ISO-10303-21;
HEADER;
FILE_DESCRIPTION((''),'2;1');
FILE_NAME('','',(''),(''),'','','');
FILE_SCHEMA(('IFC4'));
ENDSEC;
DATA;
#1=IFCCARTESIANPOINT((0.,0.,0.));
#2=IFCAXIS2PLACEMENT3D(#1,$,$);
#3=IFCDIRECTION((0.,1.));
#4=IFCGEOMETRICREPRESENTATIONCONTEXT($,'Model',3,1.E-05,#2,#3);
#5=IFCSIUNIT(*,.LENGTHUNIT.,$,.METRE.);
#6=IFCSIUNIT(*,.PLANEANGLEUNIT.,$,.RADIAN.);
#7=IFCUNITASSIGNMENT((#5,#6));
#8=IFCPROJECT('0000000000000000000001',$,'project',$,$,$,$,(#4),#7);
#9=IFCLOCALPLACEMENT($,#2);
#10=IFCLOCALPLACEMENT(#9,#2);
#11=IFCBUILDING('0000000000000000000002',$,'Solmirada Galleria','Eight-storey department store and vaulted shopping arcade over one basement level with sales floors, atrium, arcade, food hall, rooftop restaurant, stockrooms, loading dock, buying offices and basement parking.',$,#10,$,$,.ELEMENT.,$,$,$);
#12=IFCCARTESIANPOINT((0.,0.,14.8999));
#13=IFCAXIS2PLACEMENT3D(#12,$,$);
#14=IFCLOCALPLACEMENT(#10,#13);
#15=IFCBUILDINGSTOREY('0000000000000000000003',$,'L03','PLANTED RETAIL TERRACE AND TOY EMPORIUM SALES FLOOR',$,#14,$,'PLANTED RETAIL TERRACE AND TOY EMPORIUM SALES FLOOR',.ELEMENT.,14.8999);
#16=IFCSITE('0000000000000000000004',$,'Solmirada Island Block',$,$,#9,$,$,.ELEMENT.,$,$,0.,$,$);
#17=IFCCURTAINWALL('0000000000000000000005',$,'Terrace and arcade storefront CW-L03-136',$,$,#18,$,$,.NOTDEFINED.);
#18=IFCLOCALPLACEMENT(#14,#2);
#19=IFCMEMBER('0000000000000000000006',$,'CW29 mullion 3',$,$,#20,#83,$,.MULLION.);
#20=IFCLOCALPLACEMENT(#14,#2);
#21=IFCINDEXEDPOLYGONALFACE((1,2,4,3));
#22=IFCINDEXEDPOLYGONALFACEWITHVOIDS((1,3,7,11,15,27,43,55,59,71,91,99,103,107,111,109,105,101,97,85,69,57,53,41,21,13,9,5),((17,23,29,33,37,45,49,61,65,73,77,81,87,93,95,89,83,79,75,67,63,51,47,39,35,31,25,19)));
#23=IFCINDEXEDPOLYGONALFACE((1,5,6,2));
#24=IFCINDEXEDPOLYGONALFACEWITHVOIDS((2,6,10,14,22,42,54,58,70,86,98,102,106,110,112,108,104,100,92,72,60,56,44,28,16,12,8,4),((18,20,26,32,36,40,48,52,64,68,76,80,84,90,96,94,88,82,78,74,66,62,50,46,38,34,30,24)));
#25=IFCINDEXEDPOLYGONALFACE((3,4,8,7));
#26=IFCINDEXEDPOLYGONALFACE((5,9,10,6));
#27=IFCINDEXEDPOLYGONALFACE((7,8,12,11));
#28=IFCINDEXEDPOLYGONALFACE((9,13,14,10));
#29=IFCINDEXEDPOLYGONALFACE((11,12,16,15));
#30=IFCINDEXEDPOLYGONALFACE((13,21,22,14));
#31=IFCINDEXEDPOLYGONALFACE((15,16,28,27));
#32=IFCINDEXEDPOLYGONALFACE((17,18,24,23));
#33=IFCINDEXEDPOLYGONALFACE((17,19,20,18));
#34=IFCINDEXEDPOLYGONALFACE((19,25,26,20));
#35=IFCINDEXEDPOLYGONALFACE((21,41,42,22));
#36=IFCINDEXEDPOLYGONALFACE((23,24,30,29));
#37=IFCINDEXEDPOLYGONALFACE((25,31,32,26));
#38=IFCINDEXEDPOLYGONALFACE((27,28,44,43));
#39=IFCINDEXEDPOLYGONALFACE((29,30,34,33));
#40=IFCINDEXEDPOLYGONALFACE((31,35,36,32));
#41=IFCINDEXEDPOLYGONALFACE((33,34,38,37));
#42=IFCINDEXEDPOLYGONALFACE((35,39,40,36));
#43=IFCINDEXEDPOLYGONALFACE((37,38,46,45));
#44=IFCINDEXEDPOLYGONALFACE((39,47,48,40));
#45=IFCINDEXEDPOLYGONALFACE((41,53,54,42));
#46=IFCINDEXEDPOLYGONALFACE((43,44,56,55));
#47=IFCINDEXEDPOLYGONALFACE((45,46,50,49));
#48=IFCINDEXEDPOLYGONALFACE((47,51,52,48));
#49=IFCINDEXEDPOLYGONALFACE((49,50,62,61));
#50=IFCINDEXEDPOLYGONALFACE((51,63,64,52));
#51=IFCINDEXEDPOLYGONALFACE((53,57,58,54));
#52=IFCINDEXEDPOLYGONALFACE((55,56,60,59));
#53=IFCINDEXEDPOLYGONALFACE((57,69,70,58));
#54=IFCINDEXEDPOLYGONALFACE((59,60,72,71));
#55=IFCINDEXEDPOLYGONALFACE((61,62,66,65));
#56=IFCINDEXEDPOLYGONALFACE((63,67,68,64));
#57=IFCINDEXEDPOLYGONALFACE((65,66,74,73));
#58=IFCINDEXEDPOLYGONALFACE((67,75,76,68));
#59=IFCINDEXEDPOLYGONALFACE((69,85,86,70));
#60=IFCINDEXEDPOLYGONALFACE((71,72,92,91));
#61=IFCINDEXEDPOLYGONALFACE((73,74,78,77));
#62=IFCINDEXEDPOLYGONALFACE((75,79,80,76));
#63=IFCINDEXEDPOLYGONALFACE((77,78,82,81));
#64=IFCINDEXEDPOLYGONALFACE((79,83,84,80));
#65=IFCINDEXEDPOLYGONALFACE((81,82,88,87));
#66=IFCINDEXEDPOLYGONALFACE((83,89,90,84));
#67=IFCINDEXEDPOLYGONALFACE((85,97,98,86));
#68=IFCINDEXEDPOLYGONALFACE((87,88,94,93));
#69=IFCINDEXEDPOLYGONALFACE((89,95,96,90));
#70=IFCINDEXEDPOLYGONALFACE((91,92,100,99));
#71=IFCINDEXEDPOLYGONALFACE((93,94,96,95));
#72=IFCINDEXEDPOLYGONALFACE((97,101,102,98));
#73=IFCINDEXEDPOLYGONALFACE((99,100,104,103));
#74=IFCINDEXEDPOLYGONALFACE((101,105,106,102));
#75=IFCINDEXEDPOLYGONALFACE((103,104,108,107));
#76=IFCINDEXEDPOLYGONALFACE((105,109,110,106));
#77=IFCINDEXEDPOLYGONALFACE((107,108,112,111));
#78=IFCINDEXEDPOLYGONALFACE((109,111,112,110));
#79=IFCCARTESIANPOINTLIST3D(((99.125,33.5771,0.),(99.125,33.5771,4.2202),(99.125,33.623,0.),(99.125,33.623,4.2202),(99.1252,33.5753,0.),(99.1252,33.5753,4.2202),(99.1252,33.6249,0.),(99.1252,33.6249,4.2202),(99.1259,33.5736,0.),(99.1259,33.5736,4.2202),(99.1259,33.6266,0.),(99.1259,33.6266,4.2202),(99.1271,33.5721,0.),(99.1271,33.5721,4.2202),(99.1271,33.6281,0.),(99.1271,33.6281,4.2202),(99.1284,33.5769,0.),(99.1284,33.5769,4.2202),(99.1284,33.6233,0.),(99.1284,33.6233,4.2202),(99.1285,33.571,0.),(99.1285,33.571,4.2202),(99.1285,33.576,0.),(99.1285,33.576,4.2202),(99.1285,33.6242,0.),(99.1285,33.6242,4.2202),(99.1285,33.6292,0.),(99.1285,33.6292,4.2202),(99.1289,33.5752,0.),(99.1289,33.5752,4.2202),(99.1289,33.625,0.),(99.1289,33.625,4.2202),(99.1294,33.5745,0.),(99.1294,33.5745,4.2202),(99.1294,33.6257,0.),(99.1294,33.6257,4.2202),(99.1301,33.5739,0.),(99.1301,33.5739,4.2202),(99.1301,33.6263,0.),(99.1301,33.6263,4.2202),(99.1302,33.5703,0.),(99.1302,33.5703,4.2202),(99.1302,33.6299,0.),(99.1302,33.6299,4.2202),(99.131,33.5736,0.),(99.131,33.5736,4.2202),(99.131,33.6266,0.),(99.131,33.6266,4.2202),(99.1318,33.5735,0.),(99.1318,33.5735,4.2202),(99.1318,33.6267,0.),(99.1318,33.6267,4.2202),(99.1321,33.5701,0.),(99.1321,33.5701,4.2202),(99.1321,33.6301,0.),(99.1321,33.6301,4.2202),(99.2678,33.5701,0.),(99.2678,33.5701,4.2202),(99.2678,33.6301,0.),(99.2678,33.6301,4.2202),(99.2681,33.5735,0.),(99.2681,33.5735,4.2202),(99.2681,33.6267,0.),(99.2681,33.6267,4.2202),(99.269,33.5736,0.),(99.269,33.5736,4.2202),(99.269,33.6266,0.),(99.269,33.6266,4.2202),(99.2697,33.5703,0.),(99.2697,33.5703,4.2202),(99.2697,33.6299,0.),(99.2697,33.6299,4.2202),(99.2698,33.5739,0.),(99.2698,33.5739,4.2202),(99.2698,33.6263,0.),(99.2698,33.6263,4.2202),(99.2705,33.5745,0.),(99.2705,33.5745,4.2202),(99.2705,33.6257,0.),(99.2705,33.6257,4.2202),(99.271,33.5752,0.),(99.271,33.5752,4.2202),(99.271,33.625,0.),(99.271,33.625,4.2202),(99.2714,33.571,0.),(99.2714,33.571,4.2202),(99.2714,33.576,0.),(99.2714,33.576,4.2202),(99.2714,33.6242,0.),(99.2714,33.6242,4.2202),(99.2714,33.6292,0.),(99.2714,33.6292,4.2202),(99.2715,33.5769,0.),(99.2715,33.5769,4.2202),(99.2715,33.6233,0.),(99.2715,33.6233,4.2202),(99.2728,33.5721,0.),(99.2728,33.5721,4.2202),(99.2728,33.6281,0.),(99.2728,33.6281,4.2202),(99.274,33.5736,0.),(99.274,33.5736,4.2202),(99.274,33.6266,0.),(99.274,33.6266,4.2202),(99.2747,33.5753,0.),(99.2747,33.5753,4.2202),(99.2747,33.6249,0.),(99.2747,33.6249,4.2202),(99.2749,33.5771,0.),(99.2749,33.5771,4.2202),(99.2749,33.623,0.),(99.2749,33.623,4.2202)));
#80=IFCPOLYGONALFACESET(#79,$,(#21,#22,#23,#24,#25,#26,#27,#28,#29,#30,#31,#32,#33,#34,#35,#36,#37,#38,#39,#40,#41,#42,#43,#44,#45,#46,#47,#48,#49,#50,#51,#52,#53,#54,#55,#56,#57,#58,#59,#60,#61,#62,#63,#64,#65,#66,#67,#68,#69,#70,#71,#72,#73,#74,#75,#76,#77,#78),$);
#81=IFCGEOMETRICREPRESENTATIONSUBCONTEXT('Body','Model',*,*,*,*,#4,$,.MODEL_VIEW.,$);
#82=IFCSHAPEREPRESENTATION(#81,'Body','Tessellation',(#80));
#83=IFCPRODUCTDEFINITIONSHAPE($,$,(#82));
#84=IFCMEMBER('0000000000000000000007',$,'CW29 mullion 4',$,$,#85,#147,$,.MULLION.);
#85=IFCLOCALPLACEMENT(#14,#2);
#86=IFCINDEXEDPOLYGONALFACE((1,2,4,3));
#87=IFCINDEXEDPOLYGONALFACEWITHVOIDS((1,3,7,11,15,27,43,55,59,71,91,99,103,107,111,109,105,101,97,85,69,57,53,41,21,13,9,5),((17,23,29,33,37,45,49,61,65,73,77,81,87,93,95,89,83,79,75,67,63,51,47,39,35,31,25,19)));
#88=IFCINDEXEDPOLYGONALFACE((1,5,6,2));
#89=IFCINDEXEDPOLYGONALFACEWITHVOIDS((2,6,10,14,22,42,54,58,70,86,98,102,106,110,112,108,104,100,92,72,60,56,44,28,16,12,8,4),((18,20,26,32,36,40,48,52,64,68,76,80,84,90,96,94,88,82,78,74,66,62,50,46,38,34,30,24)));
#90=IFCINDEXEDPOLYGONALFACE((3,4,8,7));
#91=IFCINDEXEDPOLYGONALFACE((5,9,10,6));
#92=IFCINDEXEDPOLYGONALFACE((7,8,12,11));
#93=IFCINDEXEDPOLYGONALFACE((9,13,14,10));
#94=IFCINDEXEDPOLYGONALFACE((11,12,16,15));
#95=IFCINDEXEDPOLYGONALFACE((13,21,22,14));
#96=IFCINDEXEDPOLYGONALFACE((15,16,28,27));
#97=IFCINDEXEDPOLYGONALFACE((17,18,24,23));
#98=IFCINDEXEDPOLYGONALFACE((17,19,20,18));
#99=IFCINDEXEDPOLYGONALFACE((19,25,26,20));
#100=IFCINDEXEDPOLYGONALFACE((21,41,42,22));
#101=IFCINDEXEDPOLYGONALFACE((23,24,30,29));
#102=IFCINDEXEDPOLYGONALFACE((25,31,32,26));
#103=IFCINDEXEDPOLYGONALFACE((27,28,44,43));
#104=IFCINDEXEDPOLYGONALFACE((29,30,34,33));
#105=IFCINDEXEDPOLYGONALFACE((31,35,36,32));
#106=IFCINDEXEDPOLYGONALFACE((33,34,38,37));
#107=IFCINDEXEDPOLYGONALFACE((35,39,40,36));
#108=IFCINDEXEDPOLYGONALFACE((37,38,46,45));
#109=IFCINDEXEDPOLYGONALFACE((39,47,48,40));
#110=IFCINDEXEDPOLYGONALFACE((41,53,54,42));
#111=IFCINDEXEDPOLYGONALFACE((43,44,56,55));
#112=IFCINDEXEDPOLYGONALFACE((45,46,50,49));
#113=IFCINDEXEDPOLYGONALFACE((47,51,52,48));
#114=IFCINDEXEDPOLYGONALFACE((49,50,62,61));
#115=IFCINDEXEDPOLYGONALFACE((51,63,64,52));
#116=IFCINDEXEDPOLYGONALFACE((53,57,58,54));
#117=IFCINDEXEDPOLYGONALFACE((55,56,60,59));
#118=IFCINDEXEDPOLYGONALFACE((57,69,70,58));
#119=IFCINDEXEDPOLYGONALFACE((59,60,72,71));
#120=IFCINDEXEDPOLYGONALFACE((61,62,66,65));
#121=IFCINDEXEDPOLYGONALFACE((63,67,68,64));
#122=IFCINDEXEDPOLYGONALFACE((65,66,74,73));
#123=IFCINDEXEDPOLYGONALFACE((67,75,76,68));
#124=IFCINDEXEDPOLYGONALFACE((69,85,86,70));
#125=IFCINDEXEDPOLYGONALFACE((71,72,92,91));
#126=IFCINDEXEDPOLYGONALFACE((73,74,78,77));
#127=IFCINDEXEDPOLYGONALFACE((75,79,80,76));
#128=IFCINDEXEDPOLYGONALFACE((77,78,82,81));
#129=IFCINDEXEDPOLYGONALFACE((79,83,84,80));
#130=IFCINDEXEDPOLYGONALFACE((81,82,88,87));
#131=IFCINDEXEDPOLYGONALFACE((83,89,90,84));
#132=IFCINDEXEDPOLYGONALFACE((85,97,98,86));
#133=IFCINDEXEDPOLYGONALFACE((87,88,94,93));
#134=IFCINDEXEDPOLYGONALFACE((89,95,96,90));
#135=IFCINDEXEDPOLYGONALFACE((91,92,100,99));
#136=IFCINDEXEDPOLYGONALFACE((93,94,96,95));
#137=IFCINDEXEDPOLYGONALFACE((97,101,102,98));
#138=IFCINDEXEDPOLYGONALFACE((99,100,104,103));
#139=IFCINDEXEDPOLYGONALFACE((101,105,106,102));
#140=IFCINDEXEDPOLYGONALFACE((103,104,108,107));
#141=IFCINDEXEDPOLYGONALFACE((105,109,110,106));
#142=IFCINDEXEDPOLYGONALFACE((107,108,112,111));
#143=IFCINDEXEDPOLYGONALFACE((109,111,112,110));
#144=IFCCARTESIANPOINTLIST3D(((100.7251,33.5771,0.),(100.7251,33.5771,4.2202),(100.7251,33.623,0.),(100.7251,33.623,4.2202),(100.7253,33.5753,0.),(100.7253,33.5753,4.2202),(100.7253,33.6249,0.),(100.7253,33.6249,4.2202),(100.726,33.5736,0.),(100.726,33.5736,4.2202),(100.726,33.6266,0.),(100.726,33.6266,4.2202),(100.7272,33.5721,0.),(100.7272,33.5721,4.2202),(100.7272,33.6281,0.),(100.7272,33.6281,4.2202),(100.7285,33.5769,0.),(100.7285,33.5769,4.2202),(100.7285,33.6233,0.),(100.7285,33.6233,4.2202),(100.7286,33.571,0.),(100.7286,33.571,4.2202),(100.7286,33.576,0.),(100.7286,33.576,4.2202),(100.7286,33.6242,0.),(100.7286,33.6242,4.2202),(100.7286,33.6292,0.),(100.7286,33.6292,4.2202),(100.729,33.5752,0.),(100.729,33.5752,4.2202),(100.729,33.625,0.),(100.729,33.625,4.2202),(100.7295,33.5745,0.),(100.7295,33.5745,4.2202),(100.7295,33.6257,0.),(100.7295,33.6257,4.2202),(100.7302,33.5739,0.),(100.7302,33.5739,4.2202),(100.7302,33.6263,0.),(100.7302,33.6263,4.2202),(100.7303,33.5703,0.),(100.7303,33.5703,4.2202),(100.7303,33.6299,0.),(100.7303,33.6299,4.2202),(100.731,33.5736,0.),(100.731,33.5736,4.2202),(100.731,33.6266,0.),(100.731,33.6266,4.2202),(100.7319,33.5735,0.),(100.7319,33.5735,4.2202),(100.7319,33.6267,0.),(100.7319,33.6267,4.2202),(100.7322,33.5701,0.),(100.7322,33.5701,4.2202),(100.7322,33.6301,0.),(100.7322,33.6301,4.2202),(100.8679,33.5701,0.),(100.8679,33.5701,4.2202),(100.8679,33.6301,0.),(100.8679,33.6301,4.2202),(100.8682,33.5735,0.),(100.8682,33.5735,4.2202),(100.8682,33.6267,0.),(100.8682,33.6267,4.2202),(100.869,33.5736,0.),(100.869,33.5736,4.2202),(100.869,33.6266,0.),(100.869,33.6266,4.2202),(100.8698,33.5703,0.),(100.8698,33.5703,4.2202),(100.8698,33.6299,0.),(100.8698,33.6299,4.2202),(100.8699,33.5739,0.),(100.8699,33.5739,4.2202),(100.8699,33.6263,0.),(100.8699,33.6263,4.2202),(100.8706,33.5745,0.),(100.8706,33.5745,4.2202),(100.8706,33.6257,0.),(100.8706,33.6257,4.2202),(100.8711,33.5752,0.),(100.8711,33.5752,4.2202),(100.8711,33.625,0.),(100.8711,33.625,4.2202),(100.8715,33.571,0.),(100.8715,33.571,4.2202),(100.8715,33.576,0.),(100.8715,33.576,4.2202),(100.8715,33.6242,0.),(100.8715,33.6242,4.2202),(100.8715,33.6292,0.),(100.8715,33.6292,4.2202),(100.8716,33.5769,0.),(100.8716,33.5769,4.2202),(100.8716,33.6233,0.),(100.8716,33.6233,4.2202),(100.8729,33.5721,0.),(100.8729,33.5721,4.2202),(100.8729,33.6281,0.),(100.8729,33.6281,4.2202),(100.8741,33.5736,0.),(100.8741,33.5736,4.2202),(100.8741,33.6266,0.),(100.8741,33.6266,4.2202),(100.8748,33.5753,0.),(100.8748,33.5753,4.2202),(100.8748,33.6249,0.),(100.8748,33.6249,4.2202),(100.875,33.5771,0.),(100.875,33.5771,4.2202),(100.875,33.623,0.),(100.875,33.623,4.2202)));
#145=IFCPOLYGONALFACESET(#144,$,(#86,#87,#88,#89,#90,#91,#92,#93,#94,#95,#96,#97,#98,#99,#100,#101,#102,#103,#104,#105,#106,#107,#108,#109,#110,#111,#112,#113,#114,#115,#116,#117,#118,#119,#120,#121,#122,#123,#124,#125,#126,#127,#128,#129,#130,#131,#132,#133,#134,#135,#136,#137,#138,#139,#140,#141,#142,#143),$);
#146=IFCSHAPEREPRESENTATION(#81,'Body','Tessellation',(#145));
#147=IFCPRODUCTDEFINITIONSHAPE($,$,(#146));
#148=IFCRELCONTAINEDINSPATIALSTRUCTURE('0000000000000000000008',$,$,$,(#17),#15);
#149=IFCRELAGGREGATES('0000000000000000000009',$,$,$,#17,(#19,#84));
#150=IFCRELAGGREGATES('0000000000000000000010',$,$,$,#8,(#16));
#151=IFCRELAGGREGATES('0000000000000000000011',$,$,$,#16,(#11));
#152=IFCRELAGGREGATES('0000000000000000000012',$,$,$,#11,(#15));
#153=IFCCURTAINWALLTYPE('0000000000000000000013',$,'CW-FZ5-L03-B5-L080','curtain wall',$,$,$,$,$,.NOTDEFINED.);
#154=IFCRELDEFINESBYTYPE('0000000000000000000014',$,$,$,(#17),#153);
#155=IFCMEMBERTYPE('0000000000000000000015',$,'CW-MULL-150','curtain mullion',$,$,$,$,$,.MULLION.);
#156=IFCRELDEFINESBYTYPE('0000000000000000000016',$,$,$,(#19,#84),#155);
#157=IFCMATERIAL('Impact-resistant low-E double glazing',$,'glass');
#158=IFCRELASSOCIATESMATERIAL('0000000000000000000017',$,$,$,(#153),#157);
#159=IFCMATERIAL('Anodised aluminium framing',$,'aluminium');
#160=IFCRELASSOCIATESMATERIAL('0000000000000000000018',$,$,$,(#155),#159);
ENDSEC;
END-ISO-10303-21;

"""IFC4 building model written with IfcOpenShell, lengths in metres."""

from ifc_helpers import new_model, si_unit, direction, frame, origin, origin_2d, place, context, subcontext, project, spatial, hollow_rectangle, extrude, material, material_profile, profile_set, type_object, element, aggregate, save


model = new_model("IFC4")

# Units and contexts
model_context = context("Model", 3, precision=1e-05, world=origin(), true_north=direction((0.0, 1.0)))
body_context = subcontext(model_context, "Body", "Model", "MODEL_VIEW")
ifc_project = project(units=[si_unit("LENGTHUNIT", "METRE"), si_unit("PLANEANGLEUNIT", "RADIAN")], contexts=[model_context])

# Site, building, storey
site_placement = place(None, origin())
site = spatial("IfcSite", under=ifc_project, at=site_placement, Name="Solmirada Island Block", CompositionType="ELEMENT", RefElevation=0.0)
building_placement = place(site_placement, origin())
building = spatial("IfcBuilding", under=site, at=building_placement, Name="Solmirada Galleria", Description="Eight-storey department store and vaulted shopping arcade over one basement level with sales floors, atrium, arcade, food hall, rooftop restaurant, stockrooms, loading dock, buying offices and basement parking.", CompositionType="ELEMENT")
storey_placement = place(building_placement, frame((0.0, 0.0, 14.8999)))
storey = spatial("IfcBuildingStorey", under=building, at=storey_placement, Name="L03", Description="PLANTED RETAIL TERRACE AND TOY EMPORIUM SALES FLOOR", LongName="PLANTED RETAIL TERRACE AND TOY EMPORIUM SALES FLOOR", CompositionType="ELEMENT", Elevation=14.8999)

# Curtain wall, members
ifc_material_1 = material(Name="Impact-resistant low-E double glazing", Category="glass")
curtain_wall_type = type_object("IfcCurtainWallType", Name="CW-FZ5-L03-B5-L080", Description="curtain wall", PredefinedType="NOTDEFINED", material=ifc_material_1)
curtain_wall_placement = place(storey_placement, origin())
curtain_wall = element("IfcCurtainWall", 1, at=curtain_wall_placement, inside=storey, type_object=curtain_wall_type, Name="Terrace and arcade storefront CW-L03-136", PredefinedType="NOTDEFINED")
ifc_material_2 = material(Name="Anodised aluminium framing", Category="aluminium")
ifc_material_profile_1 = material_profile(ifc_material_2, hollow_rectangle(XDim=0.0601, YDim=0.1499, WallThickness=0.0034, InnerFilletRadius=0.0034, OuterFilletRadius=0.0071, at=origin_2d()), Name="ALU-MULL-150X60")
ifc_profile_set_1 = profile_set([ifc_material_profile_1], Name="Anodised aluminium framing")
member_type_1 = type_object("IfcMemberType", Name="CW-MULL-150", Description="curtain mullion", PredefinedType="MULLION", material=ifc_profile_set_1)
member_1_placement = place(storey_placement, frame((99.2, 33.6001, 0.0), z_axis=(0.0, 0.0, 1.0), x_axis=(0.0, 1.0, 0.0)))
member_1 = element("IfcMember", 2, at=member_1_placement, type_object=member_type_1, Name="CW29 mullion 3", PredefinedType="MULLION", context=body_context, shape_type="SweptSolid", body=[
    extrude(hollow_rectangle(XDim=0.0601, YDim=0.1499, WallThickness=0.0034, InnerFilletRadius=0.0034, OuterFilletRadius=0.0071, at=origin_2d()), origin(), (0.0, 0.0, 1.0), 4.2202),
])
member_2_placement = place(storey_placement, frame((100.8, 33.6001, 0.0), z_axis=(0.0, 0.0, 1.0), x_axis=(0.0, 1.0, 0.0)))
member_2 = element("IfcMember", 3, at=member_2_placement, type_object=member_type_1, Name="CW29 mullion 4", PredefinedType="MULLION", context=body_context, shape_type="SweptSolid", body=[
    extrude(hollow_rectangle(XDim=0.0601, YDim=0.1499, WallThickness=0.0034, InnerFilletRadius=0.0034, OuterFilletRadius=0.0071, at=origin_2d()), origin(), (0.0, 0.0, 1.0), 4.2202),
])
aggregate(curtain_wall, [member_1, member_2])

save(model, "model.ifc")
